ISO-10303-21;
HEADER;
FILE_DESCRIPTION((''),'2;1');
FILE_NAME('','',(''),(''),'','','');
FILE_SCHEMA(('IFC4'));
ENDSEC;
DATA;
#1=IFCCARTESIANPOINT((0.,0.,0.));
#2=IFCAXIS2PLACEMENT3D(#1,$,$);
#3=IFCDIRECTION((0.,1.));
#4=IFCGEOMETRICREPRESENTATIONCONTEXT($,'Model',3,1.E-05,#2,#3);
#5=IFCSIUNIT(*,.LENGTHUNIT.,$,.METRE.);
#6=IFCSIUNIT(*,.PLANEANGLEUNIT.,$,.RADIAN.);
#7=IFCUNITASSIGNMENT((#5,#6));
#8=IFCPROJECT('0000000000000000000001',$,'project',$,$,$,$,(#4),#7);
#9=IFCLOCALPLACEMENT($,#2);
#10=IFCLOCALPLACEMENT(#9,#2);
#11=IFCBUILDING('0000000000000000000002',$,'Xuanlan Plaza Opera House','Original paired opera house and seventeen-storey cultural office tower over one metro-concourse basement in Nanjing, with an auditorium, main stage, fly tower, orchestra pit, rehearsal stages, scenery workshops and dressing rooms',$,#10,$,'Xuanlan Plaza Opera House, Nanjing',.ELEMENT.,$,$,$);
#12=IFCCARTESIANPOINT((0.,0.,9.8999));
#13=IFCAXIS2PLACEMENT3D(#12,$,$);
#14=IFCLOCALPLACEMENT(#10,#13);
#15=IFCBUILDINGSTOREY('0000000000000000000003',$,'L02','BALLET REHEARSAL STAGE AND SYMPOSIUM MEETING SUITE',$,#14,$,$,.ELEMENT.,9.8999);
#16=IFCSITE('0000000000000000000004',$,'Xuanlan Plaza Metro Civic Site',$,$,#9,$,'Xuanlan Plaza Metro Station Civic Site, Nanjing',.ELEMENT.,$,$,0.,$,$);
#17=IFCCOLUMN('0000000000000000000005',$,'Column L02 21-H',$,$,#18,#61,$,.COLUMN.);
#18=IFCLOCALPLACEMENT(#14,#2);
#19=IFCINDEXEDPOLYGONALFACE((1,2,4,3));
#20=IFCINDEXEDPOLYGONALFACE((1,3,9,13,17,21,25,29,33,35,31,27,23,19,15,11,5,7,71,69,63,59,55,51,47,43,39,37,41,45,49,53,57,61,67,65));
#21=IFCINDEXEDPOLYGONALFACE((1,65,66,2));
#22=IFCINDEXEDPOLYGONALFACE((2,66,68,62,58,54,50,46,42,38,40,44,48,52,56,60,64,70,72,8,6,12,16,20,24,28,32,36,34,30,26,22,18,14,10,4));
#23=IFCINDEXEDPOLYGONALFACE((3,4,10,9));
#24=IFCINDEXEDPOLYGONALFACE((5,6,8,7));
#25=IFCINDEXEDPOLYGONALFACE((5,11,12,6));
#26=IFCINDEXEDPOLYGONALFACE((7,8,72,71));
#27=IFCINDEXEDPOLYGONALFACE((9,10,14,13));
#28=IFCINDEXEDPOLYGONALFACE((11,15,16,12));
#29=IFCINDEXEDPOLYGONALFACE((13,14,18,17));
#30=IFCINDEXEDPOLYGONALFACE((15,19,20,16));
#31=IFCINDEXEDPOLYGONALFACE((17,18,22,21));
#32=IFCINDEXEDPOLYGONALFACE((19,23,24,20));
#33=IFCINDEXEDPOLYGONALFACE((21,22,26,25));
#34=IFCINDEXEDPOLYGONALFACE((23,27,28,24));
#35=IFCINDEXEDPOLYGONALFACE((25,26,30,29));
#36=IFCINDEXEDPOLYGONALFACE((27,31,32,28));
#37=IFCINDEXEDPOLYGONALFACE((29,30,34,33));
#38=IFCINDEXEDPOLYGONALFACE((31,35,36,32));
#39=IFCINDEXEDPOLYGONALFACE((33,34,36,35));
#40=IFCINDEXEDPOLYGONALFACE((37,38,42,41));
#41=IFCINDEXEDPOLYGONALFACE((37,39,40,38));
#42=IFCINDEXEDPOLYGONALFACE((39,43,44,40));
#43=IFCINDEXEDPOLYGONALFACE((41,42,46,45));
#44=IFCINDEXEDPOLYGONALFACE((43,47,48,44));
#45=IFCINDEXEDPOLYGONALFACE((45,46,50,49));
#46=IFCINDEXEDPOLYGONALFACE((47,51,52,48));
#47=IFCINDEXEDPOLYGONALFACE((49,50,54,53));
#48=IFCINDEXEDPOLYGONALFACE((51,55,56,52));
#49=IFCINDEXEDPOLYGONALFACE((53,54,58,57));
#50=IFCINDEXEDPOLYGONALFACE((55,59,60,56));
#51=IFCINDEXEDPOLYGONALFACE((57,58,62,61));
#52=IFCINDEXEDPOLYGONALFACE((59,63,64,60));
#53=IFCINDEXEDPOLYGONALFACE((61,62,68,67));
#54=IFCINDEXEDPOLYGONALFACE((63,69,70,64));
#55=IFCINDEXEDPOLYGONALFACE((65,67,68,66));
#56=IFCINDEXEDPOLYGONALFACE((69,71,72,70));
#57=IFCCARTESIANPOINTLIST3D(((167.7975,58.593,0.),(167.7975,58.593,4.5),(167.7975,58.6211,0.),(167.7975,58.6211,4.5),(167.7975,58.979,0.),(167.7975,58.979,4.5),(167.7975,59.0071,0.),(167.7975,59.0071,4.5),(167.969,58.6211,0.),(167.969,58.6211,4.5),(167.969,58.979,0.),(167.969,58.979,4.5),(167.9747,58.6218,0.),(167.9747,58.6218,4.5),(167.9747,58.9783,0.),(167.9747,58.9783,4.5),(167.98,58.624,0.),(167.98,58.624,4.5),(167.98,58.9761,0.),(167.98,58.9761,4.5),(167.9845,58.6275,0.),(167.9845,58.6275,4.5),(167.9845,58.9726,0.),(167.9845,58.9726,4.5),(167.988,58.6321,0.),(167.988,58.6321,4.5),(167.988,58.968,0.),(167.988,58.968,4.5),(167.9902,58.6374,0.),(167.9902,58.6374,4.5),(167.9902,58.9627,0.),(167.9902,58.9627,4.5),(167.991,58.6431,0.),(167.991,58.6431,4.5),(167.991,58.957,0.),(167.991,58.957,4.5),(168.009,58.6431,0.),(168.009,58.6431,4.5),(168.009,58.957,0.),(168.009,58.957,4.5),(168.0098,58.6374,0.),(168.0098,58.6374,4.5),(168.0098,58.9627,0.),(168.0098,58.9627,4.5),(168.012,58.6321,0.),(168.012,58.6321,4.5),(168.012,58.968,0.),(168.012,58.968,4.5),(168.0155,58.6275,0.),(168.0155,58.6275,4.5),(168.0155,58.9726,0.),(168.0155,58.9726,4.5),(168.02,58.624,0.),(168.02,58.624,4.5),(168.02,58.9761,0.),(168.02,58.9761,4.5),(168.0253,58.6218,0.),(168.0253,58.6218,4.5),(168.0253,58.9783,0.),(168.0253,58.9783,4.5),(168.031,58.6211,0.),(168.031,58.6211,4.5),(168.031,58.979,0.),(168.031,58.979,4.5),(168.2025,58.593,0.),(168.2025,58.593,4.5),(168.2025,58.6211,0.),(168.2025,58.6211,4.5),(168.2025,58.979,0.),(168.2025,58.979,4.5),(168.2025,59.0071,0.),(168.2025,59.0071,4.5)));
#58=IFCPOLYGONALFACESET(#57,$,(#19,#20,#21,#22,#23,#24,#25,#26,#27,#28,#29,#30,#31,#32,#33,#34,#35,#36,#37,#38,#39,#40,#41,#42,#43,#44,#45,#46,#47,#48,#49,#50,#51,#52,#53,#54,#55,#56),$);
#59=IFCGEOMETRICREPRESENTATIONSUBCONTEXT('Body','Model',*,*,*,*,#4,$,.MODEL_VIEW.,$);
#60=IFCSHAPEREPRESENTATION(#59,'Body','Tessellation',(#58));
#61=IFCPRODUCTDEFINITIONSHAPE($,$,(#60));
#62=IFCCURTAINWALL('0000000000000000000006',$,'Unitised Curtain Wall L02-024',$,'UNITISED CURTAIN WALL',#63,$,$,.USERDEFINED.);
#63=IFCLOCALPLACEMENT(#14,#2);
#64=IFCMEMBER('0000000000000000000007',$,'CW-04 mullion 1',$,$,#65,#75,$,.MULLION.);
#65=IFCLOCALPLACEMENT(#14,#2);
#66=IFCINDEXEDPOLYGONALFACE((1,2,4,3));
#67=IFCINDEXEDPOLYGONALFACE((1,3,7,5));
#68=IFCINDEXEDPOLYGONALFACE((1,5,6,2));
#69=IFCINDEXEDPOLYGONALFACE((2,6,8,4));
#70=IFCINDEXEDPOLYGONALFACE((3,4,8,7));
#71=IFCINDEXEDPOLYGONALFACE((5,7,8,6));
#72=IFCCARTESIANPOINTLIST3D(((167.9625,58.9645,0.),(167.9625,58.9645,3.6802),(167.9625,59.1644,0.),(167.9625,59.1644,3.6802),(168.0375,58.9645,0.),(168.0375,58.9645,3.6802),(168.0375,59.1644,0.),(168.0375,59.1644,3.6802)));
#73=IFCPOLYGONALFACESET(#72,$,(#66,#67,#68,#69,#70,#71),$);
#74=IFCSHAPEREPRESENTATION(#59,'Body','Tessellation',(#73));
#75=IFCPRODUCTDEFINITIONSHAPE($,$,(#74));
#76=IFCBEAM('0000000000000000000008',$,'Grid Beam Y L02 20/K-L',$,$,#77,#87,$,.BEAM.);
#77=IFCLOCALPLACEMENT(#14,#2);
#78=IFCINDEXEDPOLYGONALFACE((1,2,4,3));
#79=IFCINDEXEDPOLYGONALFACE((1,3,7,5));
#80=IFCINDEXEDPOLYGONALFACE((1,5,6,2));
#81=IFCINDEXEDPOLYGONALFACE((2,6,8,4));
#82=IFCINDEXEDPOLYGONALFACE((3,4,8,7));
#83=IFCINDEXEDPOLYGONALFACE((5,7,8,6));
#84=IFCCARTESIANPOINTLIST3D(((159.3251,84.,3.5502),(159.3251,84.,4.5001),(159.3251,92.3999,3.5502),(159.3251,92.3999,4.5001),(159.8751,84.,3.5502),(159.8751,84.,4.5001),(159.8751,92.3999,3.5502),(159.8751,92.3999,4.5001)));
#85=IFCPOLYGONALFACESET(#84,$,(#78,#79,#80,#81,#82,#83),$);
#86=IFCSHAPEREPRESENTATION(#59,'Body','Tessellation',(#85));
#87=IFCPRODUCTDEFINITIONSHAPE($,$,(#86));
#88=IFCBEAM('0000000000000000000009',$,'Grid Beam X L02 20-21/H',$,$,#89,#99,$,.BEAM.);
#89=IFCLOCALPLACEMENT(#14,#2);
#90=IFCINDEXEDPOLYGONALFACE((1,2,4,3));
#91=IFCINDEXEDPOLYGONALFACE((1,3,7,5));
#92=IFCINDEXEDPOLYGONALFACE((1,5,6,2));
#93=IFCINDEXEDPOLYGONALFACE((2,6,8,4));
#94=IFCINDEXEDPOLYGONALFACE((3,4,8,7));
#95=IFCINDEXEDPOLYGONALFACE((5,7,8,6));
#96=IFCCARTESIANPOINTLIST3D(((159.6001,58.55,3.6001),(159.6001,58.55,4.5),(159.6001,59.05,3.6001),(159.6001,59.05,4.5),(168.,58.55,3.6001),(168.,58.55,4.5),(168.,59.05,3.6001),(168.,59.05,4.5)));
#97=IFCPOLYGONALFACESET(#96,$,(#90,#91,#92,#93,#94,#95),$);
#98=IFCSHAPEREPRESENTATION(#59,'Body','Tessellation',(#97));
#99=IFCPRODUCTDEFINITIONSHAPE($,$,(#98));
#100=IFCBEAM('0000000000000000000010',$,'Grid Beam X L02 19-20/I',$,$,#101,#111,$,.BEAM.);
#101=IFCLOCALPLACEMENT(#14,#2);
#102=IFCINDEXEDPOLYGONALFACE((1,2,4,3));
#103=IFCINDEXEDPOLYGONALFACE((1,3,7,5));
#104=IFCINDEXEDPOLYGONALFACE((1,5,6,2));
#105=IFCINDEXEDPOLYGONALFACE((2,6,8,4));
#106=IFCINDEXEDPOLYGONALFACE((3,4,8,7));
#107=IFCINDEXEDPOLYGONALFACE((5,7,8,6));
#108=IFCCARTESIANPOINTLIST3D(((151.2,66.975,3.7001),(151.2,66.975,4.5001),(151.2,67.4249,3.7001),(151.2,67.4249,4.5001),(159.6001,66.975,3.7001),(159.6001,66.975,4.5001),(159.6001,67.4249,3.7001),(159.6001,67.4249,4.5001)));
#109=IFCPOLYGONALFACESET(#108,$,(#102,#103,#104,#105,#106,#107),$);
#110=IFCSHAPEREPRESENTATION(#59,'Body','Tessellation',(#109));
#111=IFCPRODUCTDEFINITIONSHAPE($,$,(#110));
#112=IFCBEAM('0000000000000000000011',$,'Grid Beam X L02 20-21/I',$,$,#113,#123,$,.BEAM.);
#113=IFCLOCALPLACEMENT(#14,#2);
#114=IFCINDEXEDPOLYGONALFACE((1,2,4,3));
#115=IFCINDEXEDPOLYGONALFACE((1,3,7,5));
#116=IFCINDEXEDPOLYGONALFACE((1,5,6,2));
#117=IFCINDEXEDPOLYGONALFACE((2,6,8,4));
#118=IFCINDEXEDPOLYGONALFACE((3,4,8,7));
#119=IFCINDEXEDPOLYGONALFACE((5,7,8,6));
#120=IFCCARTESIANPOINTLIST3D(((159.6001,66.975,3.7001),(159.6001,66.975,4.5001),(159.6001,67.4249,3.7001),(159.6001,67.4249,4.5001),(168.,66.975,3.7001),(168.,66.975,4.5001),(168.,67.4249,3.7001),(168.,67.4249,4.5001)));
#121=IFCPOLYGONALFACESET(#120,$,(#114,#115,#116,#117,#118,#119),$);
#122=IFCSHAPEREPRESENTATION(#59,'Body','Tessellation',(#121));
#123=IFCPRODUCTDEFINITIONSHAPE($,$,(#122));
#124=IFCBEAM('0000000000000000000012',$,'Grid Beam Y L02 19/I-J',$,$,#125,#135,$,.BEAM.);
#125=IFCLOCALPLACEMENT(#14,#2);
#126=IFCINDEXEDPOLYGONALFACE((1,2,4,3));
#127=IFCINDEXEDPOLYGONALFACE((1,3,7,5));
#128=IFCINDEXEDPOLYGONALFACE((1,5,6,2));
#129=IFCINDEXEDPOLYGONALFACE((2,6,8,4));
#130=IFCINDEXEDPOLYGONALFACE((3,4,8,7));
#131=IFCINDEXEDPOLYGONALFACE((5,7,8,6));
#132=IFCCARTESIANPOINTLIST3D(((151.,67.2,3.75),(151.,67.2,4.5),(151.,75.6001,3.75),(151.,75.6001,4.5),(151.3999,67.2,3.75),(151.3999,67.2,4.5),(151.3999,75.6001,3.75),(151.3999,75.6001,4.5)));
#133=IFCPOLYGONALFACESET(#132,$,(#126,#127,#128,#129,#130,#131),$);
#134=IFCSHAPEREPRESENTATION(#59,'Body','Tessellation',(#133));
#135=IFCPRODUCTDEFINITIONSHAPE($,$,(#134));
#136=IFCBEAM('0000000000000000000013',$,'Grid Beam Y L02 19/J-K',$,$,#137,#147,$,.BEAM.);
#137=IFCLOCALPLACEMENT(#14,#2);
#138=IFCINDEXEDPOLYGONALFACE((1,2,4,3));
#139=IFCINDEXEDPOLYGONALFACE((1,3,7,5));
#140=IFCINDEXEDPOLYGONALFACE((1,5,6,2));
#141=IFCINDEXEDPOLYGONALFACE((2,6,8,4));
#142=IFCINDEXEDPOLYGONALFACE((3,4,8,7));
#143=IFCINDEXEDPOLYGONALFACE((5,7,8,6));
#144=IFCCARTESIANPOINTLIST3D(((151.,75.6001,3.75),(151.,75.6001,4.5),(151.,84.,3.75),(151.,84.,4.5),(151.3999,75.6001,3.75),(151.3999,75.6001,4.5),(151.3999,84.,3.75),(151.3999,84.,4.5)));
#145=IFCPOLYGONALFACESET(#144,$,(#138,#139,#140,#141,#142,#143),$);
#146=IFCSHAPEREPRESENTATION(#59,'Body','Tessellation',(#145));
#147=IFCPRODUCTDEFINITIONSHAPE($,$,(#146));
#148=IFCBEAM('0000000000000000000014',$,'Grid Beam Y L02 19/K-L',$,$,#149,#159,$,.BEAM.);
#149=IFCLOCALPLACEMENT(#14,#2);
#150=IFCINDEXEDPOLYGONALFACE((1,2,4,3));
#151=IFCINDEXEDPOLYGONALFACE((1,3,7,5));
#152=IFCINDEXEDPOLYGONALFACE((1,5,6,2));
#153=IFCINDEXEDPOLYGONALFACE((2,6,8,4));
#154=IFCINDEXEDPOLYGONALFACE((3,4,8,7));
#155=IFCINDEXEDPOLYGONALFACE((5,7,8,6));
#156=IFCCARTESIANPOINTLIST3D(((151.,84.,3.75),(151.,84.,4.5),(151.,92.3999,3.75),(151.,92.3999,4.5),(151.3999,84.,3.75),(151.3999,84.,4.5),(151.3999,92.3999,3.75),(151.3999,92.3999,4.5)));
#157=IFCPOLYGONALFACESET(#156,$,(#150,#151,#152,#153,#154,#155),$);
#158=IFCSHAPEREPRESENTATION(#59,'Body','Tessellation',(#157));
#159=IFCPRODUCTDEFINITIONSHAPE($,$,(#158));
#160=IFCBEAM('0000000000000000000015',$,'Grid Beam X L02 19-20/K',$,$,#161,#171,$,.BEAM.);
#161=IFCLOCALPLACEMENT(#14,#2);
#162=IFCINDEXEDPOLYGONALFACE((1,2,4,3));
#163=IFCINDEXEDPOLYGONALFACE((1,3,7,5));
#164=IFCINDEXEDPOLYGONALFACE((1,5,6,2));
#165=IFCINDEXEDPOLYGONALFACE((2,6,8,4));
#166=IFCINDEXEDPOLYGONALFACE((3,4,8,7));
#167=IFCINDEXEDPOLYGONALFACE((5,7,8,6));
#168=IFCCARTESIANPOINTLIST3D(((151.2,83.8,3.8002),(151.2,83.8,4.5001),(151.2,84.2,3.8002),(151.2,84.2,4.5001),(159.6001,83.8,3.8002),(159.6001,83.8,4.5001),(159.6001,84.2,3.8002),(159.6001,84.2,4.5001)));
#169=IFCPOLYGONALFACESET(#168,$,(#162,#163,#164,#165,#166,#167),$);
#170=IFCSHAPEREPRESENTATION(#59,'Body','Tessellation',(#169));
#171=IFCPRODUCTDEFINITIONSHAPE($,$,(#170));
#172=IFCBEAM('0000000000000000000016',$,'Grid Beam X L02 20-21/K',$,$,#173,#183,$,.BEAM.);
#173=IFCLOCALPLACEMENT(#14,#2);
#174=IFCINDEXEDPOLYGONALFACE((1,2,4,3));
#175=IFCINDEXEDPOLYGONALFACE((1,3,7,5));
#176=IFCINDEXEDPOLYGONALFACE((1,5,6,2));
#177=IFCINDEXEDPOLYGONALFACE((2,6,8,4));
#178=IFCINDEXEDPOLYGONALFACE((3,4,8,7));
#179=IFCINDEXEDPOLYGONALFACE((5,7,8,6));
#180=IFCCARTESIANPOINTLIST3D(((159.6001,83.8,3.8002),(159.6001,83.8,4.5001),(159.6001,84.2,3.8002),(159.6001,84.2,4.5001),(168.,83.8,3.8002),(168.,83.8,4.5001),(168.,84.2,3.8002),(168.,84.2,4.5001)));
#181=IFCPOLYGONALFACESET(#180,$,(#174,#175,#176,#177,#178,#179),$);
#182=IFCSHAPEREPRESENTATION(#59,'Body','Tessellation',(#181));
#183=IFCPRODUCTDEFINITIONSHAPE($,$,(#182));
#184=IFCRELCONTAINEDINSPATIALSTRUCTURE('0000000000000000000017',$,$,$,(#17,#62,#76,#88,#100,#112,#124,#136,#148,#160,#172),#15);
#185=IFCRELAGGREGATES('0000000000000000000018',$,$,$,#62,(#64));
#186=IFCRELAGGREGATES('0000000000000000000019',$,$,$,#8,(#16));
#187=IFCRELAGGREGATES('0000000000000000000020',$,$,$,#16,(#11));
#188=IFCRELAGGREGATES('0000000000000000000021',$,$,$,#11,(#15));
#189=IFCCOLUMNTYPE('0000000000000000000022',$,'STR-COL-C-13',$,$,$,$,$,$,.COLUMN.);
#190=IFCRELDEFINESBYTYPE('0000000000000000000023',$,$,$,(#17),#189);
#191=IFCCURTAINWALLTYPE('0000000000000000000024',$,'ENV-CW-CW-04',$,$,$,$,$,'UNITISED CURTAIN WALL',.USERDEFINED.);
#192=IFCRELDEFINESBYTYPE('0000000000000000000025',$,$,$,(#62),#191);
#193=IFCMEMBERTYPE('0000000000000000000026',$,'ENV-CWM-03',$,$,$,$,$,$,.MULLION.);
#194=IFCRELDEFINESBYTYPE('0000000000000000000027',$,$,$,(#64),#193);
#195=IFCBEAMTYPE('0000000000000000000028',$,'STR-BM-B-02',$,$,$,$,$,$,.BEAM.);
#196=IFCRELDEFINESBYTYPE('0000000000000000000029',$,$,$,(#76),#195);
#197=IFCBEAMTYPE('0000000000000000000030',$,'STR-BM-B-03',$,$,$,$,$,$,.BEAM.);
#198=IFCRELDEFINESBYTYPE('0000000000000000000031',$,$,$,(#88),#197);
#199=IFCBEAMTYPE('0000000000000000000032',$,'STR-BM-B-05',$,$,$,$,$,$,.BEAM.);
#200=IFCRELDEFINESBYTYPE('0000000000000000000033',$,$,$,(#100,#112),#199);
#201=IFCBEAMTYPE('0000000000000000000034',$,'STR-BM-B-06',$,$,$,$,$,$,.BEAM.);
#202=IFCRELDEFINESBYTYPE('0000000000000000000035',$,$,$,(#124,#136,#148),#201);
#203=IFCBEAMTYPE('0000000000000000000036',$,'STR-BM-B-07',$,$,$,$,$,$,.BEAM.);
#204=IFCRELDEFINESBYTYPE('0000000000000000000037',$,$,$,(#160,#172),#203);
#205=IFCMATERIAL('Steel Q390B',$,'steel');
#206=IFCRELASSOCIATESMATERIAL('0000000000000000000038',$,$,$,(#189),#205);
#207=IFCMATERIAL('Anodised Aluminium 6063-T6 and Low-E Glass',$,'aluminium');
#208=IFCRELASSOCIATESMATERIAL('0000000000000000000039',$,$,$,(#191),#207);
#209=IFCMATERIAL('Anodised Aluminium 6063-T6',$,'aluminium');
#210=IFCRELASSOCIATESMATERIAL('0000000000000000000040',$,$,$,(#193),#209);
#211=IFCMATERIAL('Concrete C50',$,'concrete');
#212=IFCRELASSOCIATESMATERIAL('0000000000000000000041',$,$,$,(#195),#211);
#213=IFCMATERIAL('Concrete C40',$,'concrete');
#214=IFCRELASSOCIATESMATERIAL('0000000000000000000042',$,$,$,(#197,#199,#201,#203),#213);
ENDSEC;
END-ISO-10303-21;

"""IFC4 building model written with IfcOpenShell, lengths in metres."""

from ifc_helpers import new_model, si_unit, direction, frame, origin, origin_2d, place, context, subcontext, project, spatial, rectangle, i_section, extrude, material, material_profile, profile_set, type_object, element, aggregate, save


model = new_model("IFC4")

# Units and contexts
model_context = context("Model", 3, precision=1e-05, world=origin(), true_north=direction((0.0, 1.0)))
body_context = subcontext(model_context, "Body", "Model", "MODEL_VIEW")
ifc_project = project(units=[si_unit("LENGTHUNIT", "METRE"), si_unit("PLANEANGLEUNIT", "RADIAN")], contexts=[model_context])

# Site, building, storey
site_placement = place(None, origin())
site = spatial("IfcSite", under=ifc_project, at=site_placement, Name="Xuanlan Plaza Metro Civic Site", LongName="Xuanlan Plaza Metro Station Civic Site, Nanjing", CompositionType="ELEMENT", RefElevation=0.0)
building_placement = place(site_placement, origin())
building = spatial("IfcBuilding", under=site, at=building_placement, Name="Xuanlan Plaza Opera House", Description="Original paired opera house and seventeen-storey cultural office tower over one metro-concourse basement in Nanjing, with an auditorium, main stage, fly tower, orchestra pit, rehearsal stages, scenery workshops and dressing rooms", LongName="Xuanlan Plaza Opera House, Nanjing", CompositionType="ELEMENT")
storey_placement = place(building_placement, frame((0.0, 0.0, 9.8999)))
storey = spatial("IfcBuildingStorey", under=building, at=storey_placement, Name="L02", Description="BALLET REHEARSAL STAGE AND SYMPOSIUM MEETING SUITE", CompositionType="ELEMENT", Elevation=9.8999)

# Column
ifc_material_1 = material(Name="Steel Q390B", Category="steel")
ifc_material_profile_1 = material_profile(ifc_material_1, i_section(OverallWidth=0.405, OverallDepth=0.4141, WebThickness=0.0181, FlangeThickness=0.0281, FilletRadius=0.022, at=origin_2d()), Name="HW 414x405x18x28")
ifc_profile_set_1 = profile_set([ifc_material_profile_1], Name="Steel Q390B")
column_type_1 = type_object("IfcColumnType", Name="STR-COL-C-13", PredefinedType="COLUMN", material=ifc_profile_set_1)
for number, where, z_axis, x_axis, name in (
    (1, (168.0, 58.8, 0.0), (0.0, 0.0, 1.0), (1.0, 0.0, 0.0), "Column L02 21-H"),
):
    element("IfcColumn", number, at=place(storey_placement, frame(where, z_axis=z_axis, x_axis=x_axis)), inside=storey, type_object=column_type_1, Name=name, PredefinedType="COLUMN", context=body_context, shape_type="SweptSolid", body=[
        extrude(i_section(OverallWidth=0.405, OverallDepth=0.4141, WebThickness=0.0181, FlangeThickness=0.0281, FilletRadius=0.022, at=origin_2d()), origin(), (0.0, 0.0, 1.0), 4.5),
    ])

# Curtain wall, member
ifc_material_2 = material(Name="Anodised Aluminium 6063-T6 and Low-E Glass", Category="aluminium")
curtain_wall_type = type_object("IfcCurtainWallType", Name="ENV-CW-CW-04", ElementType="UNITISED CURTAIN WALL", PredefinedType="USERDEFINED", material=ifc_material_2)
curtain_wall_placement = place(storey_placement, origin())
curtain_wall = element("IfcCurtainWall", 2, at=curtain_wall_placement, inside=storey, type_object=curtain_wall_type, Name="Unitised Curtain Wall L02-024", ObjectType="UNITISED CURTAIN WALL", PredefinedType="USERDEFINED")
ifc_material_3 = material(Name="Anodised Aluminium 6063-T6", Category="aluminium")
ifc_material_profile_2 = material_profile(ifc_material_3, rectangle(XDim=0.075, YDim=0.2, at=origin_2d()), Name="ALU-M 75x200")
ifc_profile_set_2 = profile_set([ifc_material_profile_2], Name="Anodised Aluminium 6063-T6")
member_type = type_object("IfcMemberType", Name="ENV-CWM-03", PredefinedType="MULLION", material=ifc_profile_set_2)
member_placement = place(storey_placement, frame((168.0, 59.0645, 0.0), z_axis=(0.0, 0.0, 1.0), x_axis=(-1.0, 0.0, 0.0)))
member = element("IfcMember", 3, at=member_placement, type_object=member_type, Name="CW-04 mullion 1", PredefinedType="MULLION", context=body_context, shape_type="SweptSolid", body=[
    extrude(rectangle(XDim=0.075, YDim=0.2, at=origin_2d()), origin(), (0.0, 0.0, 1.0), 3.6802),
])
aggregate(curtain_wall, [member])

# Beams
ifc_material_4 = material(Name="Concrete C50", Category="concrete")
ifc_material_profile_3 = material_profile(ifc_material_4, rectangle(XDim=0.55, YDim=0.95, at=origin_2d()), Name="RC-BM 550x950")
ifc_profile_set_3 = profile_set([ifc_material_profile_3], Name="Concrete C50")
beam_type_1 = type_object("IfcBeamType", Name="STR-BM-B-02", PredefinedType="BEAM", material=ifc_profile_set_3)
beam_1_placement = place(storey_placement, frame((159.6001, 84.0, 4.0251), z_axis=(0.0, 1.0, 0.0), x_axis=(-1.0, 0.0, 0.0)))
element("IfcBeam", 4, at=beam_1_placement, inside=storey, type_object=beam_type_1, Name="Grid Beam Y L02 20/K-L", PredefinedType="BEAM", context=body_context, shape_type="SweptSolid", body=[
    extrude(rectangle(XDim=0.55, YDim=0.95, at=origin_2d()), origin(), (0.0, 0.0, 1.0), 8.3999),
])
ifc_material_5 = material(Name="Concrete C40", Category="concrete")
ifc_material_profile_4 = material_profile(ifc_material_5, rectangle(XDim=0.5, YDim=0.8999, at=origin_2d()), Name="RC-BM 500x900")
ifc_profile_set_4 = profile_set([ifc_material_profile_4], Name="Concrete C40")
beam_type_2 = type_object("IfcBeamType", Name="STR-BM-B-03", PredefinedType="BEAM", material=ifc_profile_set_4)
beam_2_placement = place(storey_placement, frame((159.6001, 58.8, 4.05), z_axis=(1.0, 0.0, 0.0), x_axis=(0.0, 1.0, 0.0)))
element("IfcBeam", 5, at=beam_2_placement, inside=storey, type_object=beam_type_2, Name="Grid Beam X L02 20-21/H", PredefinedType="BEAM", context=body_context, shape_type="SweptSolid", body=[
    extrude(rectangle(XDim=0.5, YDim=0.8999, at=origin_2d()), origin(), (0.0, 0.0, 1.0), 8.3999),
])
ifc_material_profile_5 = material_profile(ifc_material_5, rectangle(XDim=0.45, YDim=0.8, at=origin_2d()), Name="RC-BM 450x800")
ifc_profile_set_5 = profile_set([ifc_material_profile_5], Name="Concrete C40")
beam_type_3 = type_object("IfcBeamType", Name="STR-BM-B-05", PredefinedType="BEAM", material=ifc_profile_set_5)
beam_3_placement = place(storey_placement, frame((151.2, 67.2, 4.1001), z_axis=(1.0, 0.0, 0.0), x_axis=(0.0, 1.0, 0.0)))
element("IfcBeam", 6, at=beam_3_placement, inside=storey, type_object=beam_type_3, Name="Grid Beam X L02 19-20/I", PredefinedType="BEAM", context=body_context, shape_type="SweptSolid", body=[
    extrude(rectangle(XDim=0.45, YDim=0.8, at=origin_2d()), origin(), (0.0, 0.0, 1.0), 8.4001),
])
beam_4_placement = place(storey_placement, frame((159.6001, 67.2, 4.1001), z_axis=(1.0, 0.0, 0.0), x_axis=(0.0, 1.0, 0.0)))
element("IfcBeam", 7, at=beam_4_placement, inside=storey, type_object=beam_type_3, Name="Grid Beam X L02 20-21/I", PredefinedType="BEAM", context=body_context, shape_type="SweptSolid", body=[
    extrude(rectangle(XDim=0.45, YDim=0.8, at=origin_2d()), origin(), (0.0, 0.0, 1.0), 8.3999),
])
ifc_material_profile_6 = material_profile(ifc_material_5, rectangle(XDim=0.3999, YDim=0.75, at=origin_2d()), Name="RC-BM 400x750")
ifc_profile_set_6 = profile_set([ifc_material_profile_6], Name="Concrete C40")
beam_type_4 = type_object("IfcBeamType", Name="STR-BM-B-06", PredefinedType="BEAM", material=ifc_profile_set_6)
beam_5_placement = place(storey_placement, frame((151.2, 67.2, 4.125), z_axis=(0.0, 1.0, 0.0), x_axis=(-1.0, 0.0, 0.0)))
element("IfcBeam", 8, at=beam_5_placement, inside=storey, type_object=beam_type_4, Name="Grid Beam Y L02 19/I-J", PredefinedType="BEAM", context=body_context, shape_type="SweptSolid", body=[
    extrude(rectangle(XDim=0.3999, YDim=0.75, at=origin_2d()), origin(), (0.0, 0.0, 1.0), 8.4001),
])
for number, where, z_axis, x_axis, name in (
    (9, (151.2, 75.6001, 4.125), (0.0, 1.0, 0.0), (-1.0, 0.0, 0.0), "Grid Beam Y L02 19/J-K"),
    (10, (151.2, 84.0, 4.125), (0.0, 1.0, 0.0), (-1.0, 0.0, 0.0), "Grid Beam Y L02 19/K-L"),
):
    element("IfcBeam", number, at=place(storey_placement, frame(where, z_axis=z_axis, x_axis=x_axis)), inside=storey, type_object=beam_type_4, Name=name, PredefinedType="BEAM", context=body_context, shape_type="SweptSolid", body=[
        extrude(rectangle(XDim=0.3999, YDim=0.75, at=origin_2d()), origin(), (0.0, 0.0, 1.0), 8.3999),
    ])
ifc_material_profile_7 = material_profile(ifc_material_5, rectangle(XDim=0.3999, YDim=0.7, at=origin_2d()), Name="RC-BM 400x700")
ifc_profile_set_7 = profile_set([ifc_material_profile_7], Name="Concrete C40")
beam_type_5 = type_object("IfcBeamType", Name="STR-BM-B-07", PredefinedType="BEAM", material=ifc_profile_set_7)
beam_6_placement = place(storey_placement, frame((151.2, 84.0, 4.1501), z_axis=(1.0, 0.0, 0.0), x_axis=(0.0, 1.0, 0.0)))
element("IfcBeam", 11, at=beam_6_placement, inside=storey, type_object=beam_type_5, Name="Grid Beam X L02 19-20/K", PredefinedType="BEAM", context=body_context, shape_type="SweptSolid", body=[
    extrude(rectangle(XDim=0.3999, YDim=0.7, at=origin_2d()), origin(), (0.0, 0.0, 1.0), 8.4001),
])
beam_7_placement = place(storey_placement, frame((159.6001, 84.0, 4.1501), z_axis=(1.0, 0.0, 0.0), x_axis=(0.0, 1.0, 0.0)))
element("IfcBeam", 12, at=beam_7_placement, inside=storey, type_object=beam_type_5, Name="Grid Beam X L02 20-21/K", PredefinedType="BEAM", context=body_context, shape_type="SweptSolid", body=[
    extrude(rectangle(XDim=0.3999, YDim=0.7, at=origin_2d()), origin(), (0.0, 0.0, 1.0), 8.3999),
])

save(model, "model.ifc")
